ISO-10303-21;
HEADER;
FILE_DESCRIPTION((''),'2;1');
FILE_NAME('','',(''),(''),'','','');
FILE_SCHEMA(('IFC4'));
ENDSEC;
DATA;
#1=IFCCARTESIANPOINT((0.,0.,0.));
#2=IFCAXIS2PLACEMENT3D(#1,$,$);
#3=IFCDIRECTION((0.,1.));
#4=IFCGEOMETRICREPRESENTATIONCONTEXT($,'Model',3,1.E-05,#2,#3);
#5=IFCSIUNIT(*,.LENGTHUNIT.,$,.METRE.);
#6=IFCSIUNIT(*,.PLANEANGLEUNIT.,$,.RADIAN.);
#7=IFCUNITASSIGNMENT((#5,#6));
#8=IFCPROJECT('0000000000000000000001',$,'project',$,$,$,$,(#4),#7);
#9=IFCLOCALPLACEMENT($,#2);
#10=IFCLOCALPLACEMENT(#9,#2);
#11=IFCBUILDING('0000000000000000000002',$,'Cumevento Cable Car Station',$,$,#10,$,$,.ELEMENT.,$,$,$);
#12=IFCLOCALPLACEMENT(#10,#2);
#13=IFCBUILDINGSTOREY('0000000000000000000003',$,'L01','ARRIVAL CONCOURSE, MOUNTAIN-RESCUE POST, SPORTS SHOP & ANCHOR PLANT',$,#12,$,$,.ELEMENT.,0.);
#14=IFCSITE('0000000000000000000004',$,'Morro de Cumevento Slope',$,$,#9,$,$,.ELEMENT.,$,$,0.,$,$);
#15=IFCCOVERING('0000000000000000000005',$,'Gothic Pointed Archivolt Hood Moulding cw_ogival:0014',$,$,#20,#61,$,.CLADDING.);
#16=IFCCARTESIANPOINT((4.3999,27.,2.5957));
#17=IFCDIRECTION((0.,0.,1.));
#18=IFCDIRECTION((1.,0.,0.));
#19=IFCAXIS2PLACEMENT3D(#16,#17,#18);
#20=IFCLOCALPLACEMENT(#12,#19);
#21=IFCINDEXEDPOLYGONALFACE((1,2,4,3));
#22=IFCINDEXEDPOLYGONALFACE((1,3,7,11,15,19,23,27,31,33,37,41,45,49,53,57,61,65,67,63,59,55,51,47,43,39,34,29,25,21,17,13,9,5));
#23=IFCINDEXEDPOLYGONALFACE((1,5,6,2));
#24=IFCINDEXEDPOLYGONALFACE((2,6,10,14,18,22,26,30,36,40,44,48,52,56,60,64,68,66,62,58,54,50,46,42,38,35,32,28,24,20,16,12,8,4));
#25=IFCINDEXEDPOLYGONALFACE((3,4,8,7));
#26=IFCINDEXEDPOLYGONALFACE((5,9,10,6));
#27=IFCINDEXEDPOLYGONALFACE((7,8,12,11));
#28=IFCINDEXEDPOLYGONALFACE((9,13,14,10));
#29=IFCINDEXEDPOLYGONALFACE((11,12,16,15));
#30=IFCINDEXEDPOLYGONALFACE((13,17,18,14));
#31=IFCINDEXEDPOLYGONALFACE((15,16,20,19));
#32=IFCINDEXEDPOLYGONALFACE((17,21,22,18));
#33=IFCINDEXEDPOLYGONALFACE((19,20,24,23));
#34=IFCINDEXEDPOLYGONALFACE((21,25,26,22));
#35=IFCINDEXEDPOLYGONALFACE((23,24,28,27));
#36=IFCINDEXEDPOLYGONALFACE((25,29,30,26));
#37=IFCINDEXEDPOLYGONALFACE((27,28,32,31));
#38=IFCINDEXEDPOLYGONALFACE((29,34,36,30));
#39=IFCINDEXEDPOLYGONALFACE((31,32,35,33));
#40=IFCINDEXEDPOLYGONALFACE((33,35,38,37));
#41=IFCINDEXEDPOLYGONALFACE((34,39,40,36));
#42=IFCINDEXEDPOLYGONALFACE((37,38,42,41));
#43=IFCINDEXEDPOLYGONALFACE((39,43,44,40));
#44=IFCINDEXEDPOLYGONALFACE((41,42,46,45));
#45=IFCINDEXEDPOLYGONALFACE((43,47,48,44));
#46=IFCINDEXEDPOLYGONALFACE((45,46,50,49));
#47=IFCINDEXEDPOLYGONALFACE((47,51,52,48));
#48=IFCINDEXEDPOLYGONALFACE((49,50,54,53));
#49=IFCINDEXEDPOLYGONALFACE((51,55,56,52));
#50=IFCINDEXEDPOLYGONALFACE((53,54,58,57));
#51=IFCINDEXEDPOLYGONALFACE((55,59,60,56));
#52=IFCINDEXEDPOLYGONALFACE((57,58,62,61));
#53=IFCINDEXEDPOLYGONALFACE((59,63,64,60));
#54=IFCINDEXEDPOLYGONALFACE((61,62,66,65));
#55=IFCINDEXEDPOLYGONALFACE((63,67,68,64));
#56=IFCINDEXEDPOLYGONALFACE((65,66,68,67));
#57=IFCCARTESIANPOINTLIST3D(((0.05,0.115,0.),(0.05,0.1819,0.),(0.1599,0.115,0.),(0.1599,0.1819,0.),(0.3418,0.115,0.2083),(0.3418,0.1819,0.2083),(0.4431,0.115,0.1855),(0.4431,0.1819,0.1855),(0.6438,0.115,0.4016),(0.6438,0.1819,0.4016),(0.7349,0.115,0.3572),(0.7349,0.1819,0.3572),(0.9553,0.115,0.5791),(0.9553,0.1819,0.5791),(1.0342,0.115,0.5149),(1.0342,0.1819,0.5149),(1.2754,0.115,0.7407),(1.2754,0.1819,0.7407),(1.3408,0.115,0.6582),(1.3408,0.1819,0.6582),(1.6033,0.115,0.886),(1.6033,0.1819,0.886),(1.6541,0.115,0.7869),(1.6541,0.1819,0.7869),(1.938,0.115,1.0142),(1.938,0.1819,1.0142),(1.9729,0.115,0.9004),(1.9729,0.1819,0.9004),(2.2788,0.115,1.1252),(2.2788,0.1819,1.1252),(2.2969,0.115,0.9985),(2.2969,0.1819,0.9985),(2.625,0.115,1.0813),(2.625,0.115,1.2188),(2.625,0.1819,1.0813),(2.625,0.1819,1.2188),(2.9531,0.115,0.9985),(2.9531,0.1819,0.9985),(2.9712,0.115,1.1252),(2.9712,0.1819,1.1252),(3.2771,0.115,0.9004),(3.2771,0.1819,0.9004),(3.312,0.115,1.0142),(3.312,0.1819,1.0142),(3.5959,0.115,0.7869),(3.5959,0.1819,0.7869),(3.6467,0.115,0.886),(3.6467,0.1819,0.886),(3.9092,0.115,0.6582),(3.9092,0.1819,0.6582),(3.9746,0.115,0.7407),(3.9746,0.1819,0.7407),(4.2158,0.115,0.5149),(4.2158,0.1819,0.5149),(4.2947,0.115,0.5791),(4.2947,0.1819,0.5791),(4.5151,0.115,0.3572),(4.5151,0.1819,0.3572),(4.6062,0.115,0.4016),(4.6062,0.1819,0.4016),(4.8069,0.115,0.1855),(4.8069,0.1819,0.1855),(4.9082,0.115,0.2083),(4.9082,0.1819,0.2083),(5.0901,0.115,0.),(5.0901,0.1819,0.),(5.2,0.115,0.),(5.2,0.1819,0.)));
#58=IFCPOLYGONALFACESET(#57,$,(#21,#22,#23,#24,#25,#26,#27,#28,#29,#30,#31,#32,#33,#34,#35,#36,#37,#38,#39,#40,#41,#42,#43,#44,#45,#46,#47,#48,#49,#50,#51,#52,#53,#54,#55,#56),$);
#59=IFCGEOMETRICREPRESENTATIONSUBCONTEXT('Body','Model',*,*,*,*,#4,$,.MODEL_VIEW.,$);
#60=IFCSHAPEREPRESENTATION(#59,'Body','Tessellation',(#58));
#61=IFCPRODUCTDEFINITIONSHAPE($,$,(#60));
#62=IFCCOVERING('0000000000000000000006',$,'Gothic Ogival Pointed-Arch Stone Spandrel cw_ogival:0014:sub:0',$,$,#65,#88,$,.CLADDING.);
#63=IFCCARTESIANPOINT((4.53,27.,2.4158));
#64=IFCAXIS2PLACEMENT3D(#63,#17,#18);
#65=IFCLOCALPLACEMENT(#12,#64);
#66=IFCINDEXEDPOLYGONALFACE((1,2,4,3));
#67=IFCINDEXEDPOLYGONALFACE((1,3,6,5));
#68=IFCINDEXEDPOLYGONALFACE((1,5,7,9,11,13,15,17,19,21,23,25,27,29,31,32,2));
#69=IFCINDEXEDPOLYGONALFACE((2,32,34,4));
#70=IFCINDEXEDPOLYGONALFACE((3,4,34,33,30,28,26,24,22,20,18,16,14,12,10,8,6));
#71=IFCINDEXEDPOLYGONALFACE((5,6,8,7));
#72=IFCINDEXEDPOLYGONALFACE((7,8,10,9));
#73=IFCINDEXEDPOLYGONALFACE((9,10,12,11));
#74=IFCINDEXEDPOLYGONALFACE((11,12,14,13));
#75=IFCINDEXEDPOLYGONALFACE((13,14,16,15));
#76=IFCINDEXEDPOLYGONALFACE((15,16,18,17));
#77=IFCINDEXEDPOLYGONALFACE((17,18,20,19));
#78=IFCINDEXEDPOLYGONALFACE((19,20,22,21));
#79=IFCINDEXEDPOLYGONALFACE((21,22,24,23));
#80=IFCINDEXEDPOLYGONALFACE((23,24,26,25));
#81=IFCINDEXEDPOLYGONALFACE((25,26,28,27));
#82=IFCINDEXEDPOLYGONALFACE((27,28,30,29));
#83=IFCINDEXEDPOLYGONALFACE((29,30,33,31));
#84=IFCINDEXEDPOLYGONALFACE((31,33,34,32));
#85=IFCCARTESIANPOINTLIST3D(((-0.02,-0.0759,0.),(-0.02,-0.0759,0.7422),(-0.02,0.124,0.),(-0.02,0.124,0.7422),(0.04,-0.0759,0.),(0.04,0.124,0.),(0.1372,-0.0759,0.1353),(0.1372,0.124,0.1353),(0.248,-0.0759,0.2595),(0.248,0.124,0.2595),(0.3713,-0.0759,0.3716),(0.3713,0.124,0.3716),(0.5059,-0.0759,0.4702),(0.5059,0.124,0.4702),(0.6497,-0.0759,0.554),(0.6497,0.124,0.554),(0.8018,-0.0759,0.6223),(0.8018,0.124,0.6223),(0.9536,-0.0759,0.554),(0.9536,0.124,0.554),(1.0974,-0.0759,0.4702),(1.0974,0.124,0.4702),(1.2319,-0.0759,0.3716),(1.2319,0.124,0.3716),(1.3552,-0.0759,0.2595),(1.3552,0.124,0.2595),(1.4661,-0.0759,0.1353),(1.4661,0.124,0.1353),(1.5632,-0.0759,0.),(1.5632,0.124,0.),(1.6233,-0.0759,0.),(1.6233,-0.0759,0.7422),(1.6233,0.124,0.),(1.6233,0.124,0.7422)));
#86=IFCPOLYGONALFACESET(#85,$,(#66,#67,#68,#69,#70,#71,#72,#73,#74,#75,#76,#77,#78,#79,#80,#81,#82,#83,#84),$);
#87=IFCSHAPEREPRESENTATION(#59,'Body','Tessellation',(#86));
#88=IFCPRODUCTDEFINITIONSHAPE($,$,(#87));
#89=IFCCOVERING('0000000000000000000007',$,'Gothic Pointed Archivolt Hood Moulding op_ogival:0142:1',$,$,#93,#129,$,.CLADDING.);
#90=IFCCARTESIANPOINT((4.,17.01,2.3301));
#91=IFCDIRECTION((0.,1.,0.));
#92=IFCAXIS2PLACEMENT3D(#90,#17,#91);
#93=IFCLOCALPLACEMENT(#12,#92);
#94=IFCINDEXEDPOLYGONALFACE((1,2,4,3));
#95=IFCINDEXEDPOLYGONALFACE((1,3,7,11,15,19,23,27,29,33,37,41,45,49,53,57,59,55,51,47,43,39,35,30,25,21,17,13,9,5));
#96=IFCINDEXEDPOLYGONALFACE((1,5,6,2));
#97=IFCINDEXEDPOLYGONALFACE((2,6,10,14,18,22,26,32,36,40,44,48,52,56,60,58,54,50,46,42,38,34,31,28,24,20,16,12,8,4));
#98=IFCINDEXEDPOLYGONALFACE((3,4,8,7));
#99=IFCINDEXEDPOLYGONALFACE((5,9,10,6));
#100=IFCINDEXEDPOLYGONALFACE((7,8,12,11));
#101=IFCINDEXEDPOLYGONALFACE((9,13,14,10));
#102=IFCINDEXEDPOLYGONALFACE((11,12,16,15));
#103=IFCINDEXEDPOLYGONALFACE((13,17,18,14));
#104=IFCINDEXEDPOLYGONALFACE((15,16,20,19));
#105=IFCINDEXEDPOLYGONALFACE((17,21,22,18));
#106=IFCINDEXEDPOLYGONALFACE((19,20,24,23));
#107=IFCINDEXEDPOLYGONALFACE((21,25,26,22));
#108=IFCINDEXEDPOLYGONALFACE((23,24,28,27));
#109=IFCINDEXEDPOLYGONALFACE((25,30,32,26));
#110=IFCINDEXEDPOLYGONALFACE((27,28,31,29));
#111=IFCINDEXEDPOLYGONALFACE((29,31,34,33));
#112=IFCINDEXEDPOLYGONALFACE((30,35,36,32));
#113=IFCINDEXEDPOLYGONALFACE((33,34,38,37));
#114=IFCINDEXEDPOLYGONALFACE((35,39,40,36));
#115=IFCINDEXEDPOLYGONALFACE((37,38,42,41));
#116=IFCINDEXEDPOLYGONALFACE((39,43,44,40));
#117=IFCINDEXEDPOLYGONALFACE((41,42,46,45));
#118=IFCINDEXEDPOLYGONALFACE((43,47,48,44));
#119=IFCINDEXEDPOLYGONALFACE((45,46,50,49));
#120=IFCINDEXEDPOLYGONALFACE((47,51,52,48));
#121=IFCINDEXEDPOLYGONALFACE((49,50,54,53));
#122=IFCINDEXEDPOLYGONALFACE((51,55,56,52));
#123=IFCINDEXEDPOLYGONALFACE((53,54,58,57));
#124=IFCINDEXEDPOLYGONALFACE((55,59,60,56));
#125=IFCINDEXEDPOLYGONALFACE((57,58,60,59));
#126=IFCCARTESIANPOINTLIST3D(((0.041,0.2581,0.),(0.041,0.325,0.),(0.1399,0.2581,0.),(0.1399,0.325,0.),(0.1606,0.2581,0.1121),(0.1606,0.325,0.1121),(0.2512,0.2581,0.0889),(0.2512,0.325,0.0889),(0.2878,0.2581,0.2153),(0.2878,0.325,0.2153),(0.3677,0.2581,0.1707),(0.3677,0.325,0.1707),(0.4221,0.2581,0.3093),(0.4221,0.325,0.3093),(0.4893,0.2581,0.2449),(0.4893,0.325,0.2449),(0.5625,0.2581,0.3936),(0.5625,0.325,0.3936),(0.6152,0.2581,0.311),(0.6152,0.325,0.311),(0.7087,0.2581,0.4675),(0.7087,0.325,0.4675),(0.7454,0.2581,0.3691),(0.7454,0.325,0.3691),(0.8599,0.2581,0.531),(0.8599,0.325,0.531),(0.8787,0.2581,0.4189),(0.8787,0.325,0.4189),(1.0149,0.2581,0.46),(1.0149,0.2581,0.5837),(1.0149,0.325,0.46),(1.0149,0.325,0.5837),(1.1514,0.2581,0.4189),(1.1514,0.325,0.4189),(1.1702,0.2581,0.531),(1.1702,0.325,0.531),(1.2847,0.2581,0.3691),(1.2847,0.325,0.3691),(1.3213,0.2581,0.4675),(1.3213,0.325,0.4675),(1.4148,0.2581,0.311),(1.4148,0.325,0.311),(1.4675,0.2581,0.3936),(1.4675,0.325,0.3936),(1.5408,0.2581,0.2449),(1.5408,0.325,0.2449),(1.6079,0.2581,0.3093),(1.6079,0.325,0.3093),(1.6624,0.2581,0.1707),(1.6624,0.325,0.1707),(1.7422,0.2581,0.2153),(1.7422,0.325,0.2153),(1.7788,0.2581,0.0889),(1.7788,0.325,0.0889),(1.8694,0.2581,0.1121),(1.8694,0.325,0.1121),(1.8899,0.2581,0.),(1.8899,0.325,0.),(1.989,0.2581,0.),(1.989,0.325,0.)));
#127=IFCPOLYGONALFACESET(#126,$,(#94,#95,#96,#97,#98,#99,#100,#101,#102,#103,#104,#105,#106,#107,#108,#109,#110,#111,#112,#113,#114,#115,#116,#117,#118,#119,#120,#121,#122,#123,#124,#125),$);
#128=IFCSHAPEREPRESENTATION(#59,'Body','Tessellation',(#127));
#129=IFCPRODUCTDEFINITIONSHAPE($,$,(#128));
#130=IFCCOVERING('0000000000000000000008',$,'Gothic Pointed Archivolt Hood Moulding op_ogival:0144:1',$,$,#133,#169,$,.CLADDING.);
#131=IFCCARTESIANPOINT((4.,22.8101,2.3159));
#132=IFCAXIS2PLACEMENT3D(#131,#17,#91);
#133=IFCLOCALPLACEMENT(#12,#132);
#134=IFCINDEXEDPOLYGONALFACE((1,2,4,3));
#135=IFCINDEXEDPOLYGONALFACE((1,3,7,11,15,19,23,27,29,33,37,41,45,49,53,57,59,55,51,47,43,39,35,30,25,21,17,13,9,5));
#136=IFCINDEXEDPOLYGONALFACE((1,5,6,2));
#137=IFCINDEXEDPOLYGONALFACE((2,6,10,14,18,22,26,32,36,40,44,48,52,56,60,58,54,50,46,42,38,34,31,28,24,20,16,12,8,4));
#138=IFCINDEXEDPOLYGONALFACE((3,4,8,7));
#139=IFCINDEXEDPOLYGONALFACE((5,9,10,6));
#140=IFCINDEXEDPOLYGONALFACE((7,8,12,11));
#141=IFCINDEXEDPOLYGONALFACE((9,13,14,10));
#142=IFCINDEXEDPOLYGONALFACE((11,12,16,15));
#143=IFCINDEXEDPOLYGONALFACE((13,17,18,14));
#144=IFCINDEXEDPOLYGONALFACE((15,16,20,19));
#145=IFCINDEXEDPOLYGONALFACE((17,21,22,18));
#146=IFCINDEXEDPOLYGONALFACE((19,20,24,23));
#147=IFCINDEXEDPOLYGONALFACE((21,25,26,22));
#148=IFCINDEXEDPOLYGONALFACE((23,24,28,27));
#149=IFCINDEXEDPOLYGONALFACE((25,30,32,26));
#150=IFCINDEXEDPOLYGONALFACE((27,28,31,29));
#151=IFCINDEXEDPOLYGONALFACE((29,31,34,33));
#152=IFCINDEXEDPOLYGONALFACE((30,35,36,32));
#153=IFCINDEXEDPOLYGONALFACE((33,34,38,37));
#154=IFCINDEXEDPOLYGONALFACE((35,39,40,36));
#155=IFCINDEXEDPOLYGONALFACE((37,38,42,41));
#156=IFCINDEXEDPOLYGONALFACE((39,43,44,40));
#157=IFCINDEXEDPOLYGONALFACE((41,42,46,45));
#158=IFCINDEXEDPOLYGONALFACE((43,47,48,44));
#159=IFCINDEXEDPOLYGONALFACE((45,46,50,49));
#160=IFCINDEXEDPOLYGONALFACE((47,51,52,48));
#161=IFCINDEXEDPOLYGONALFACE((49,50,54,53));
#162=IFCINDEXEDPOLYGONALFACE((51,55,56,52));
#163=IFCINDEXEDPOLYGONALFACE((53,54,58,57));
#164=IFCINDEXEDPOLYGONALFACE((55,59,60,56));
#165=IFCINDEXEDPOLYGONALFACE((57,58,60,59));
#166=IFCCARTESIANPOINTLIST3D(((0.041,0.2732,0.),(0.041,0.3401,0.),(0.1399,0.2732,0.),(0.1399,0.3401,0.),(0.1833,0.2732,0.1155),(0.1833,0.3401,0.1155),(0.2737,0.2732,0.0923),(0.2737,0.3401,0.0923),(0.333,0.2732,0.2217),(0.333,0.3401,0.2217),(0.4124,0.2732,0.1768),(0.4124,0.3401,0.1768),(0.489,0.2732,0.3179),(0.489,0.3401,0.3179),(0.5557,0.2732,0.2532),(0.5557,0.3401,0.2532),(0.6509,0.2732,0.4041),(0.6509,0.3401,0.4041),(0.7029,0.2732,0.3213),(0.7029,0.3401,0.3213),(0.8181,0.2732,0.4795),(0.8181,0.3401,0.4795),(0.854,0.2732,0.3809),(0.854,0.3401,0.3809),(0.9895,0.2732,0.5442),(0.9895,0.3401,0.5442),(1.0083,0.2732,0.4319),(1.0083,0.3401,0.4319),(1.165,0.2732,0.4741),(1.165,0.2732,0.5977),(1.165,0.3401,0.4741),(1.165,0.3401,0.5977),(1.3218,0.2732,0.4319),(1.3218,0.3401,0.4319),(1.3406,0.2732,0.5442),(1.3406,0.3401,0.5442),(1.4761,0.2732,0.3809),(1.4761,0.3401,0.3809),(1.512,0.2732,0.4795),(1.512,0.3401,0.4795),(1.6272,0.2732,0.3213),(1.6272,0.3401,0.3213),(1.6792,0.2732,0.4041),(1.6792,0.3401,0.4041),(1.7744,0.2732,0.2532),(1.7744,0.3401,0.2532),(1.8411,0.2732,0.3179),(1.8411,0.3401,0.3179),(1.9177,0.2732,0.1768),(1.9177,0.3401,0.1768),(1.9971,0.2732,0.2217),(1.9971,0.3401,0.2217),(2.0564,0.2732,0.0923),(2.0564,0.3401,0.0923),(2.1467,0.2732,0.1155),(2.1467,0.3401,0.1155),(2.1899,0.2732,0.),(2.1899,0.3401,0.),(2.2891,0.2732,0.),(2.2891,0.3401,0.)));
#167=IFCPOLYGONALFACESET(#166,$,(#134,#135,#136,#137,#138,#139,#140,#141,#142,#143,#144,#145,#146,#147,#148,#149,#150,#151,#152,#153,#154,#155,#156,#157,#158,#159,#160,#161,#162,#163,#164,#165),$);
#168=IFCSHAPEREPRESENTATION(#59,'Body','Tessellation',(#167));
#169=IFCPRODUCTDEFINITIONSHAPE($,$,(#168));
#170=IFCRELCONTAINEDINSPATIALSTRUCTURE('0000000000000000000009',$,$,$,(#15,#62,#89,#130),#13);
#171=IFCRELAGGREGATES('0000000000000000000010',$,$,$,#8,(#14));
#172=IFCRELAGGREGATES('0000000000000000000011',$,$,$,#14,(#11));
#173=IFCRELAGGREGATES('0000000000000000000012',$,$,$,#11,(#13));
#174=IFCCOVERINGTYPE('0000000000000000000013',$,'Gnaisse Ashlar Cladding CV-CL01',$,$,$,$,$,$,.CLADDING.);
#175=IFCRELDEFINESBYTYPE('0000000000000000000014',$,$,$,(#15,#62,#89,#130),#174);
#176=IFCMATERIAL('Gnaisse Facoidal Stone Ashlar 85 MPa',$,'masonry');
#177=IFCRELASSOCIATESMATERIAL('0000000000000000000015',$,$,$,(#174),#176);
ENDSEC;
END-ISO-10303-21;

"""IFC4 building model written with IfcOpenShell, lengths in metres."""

from ifc_helpers import new_model, si_unit, direction, frame, origin, place, context, subcontext, project, spatial, polyline, outline, extrude, material, type_object, element, save


model = new_model("IFC4")

# Units and contexts
model_context = context("Model", 3, precision=1e-05, world=origin(), true_north=direction((0.0, 1.0)))
body_context = subcontext(model_context, "Body", "Model", "MODEL_VIEW")
ifc_project = project(units=[si_unit("LENGTHUNIT", "METRE"), si_unit("PLANEANGLEUNIT", "RADIAN")], contexts=[model_context])

# Site, building, storey
site_placement = place(None, origin())
site = spatial("IfcSite", under=ifc_project, at=site_placement, Name="Morro de Cumevento Slope", CompositionType="ELEMENT", RefElevation=0.0)
building_placement = place(site_placement, origin())
building = spatial("IfcBuilding", under=site, at=building_placement, Name="Cumevento Cable Car Station", CompositionType="ELEMENT")
storey_placement = place(building_placement, origin())
storey = spatial("IfcBuildingStorey", under=building, at=storey_placement, Name="L01", Description="ARRIVAL CONCOURSE, MOUNTAIN-RESCUE POST, SPORTS SHOP & ANCHOR PLANT", CompositionType="ELEMENT", Elevation=0.0)

# Coverings
ifc_material_1 = material(Name="Gnaisse Facoidal Stone Ashlar 85 MPa", Category="masonry")
covering_type = type_object("IfcCoveringType", Name="Gnaisse Ashlar Cladding CV-CL01", PredefinedType="CLADDING", material=ifc_material_1)
covering_1_placement = place(storey_placement, frame((4.3999, 27.0, 2.5957), z_axis=(0.0, 0.0, 1.0), x_axis=(1.0, 0.0, 0.0)))
element("IfcCovering", 1, at=covering_1_placement, inside=storey, type_object=covering_type, Name="Gothic Pointed Archivolt Hood Moulding cw_ogival:0014", PredefinedType="CLADDING", context=body_context, shape_type="SweptSolid", body=[
    extrude(outline(polyline([(0.1599, 0.0), (0.4431, 0.1855), (0.7349, 0.3572), (1.0342, 0.5149), (1.3408, 0.6582), (1.6541, 0.7869), (1.9729, 0.9004), (2.2969, 0.9985), (2.625, 1.0813), (2.9531, 0.9985), (3.2771, 0.9004), (3.5959, 0.7869), (3.9092, 0.6582), (4.2158, 0.5149), (4.5151, 0.3572), (4.8069, 0.1855), (5.0901, 0.0), (5.2, 0.0), (4.9082, 0.2083), (4.6062, 0.4016), (4.2947, 0.5791), (3.9746, 0.7407), (3.6467, 0.886), (3.312, 1.0142), (2.9712, 1.1252), (2.625, 1.2188), (2.2788, 1.1252), (1.938, 1.0142), (1.6033, 0.886), (1.2754, 0.7407), (0.9553, 0.5791), (0.6438, 0.4016), (0.3418, 0.2083), (0.05, 0.0), (0.1599, 0.0)])), frame((0.0, 0.1819, 0.0), z_axis=(0.0, -1.0, 0.0), x_axis=(1.0, 0.0, 0.0)), (0.0, 0.0, 1.0), 0.0669),
])
covering_2_placement = place(storey_placement, frame((4.53, 27.0, 2.4158), z_axis=(0.0, 0.0, 1.0), x_axis=(1.0, 0.0, 0.0)))
element("IfcCovering", 2, at=covering_2_placement, inside=storey, type_object=covering_type, Name="Gothic Ogival Pointed-Arch Stone Spandrel cw_ogival:0014:sub:0", PredefinedType="CLADDING", context=body_context, shape_type="SweptSolid", body=[
    extrude(outline(polyline([(-0.02, 0.0), (-0.02, 0.7422), (1.6233, 0.7422), (1.6233, 0.0), (1.5632, 0.0), (1.4661, 0.1353), (1.3552, 0.2595), (1.2319, 0.3716), (1.0974, 0.4702), (0.9536, 0.554), (0.8018, 0.6223), (0.6497, 0.554), (0.5059, 0.4702), (0.3713, 0.3716), (0.248, 0.2595), (0.1372, 0.1353), (0.04, 0.0), (-0.02, 0.0)])), frame((0.0, 0.124, 0.0), z_axis=(0.0, -1.0, 0.0), x_axis=(1.0, 0.0, 0.0)), (0.0, 0.0, 1.0), 0.2),
])
covering_3_placement = place(storey_placement, frame((4.0, 17.01, 2.3301), z_axis=(0.0, 0.0, 1.0), x_axis=(0.0, 1.0, 0.0)))
element("IfcCovering", 3, at=covering_3_placement, inside=storey, type_object=covering_type, Name="Gothic Pointed Archivolt Hood Moulding op_ogival:0142:1", PredefinedType="CLADDING", context=body_context, shape_type="SweptSolid", body=[
    extrude(outline(polyline([(0.1399, 0.0), (0.2512, 0.0889), (0.3677, 0.1707), (0.4893, 0.2449), (0.6152, 0.311), (0.7454, 0.3691), (0.8787, 0.4189), (1.0149, 0.46), (1.1514, 0.4189), (1.2847, 0.3691), (1.4148, 0.311), (1.5408, 0.2449), (1.6624, 0.1707), (1.7788, 0.0889), (1.8899, 0.0), (1.989, 0.0), (1.8694, 0.1121), (1.7422, 0.2153), (1.6079, 0.3093), (1.4675, 0.3936), (1.3213, 0.4675), (1.1702, 0.531), (1.0149, 0.5837), (0.8599, 0.531), (0.7087, 0.4675), (0.5625, 0.3936), (0.4221, 0.3093), (0.2878, 0.2153), (0.1606, 0.1121), (0.041, 0.0), (0.1399, 0.0)])), frame((0.0, 0.325, 0.0), z_axis=(0.0, -1.0, 0.0), x_axis=(1.0, 0.0, 0.0)), (0.0, 0.0, 1.0), 0.0669),
])
covering_4_placement = place(storey_placement, frame((4.0, 22.8101, 2.3159), z_axis=(0.0, 0.0, 1.0), x_axis=(0.0, 1.0, 0.0)))
element("IfcCovering", 4, at=covering_4_placement, inside=storey, type_object=covering_type, Name="Gothic Pointed Archivolt Hood Moulding op_ogival:0144:1", PredefinedType="CLADDING", context=body_context, shape_type="SweptSolid", body=[
    extrude(outline(polyline([(0.1399, 0.0), (0.2737, 0.0923), (0.4124, 0.1768), (0.5557, 0.2532), (0.7029, 0.3213), (0.854, 0.3809), (1.0083, 0.4319), (1.165, 0.4741), (1.3218, 0.4319), (1.4761, 0.3809), (1.6272, 0.3213), (1.7744, 0.2532), (1.9177, 0.1768), (2.0564, 0.0923), (2.1899, 0.0), (2.2891, 0.0), (2.1467, 0.1155), (1.9971, 0.2217), (1.8411, 0.3179), (1.6792, 0.4041), (1.512, 0.4795), (1.3406, 0.5442), (1.165, 0.5977), (0.9895, 0.5442), (0.8181, 0.4795), (0.6509, 0.4041), (0.489, 0.3179), (0.333, 0.2217), (0.1833, 0.1155), (0.041, 0.0), (0.1399, 0.0)])), frame((0.0, 0.3401, 0.0), z_axis=(0.0, -1.0, 0.0), x_axis=(1.0, 0.0, 0.0)), (0.0, 0.0, 1.0), 0.0669),
])

save(model, "model.ifc")
